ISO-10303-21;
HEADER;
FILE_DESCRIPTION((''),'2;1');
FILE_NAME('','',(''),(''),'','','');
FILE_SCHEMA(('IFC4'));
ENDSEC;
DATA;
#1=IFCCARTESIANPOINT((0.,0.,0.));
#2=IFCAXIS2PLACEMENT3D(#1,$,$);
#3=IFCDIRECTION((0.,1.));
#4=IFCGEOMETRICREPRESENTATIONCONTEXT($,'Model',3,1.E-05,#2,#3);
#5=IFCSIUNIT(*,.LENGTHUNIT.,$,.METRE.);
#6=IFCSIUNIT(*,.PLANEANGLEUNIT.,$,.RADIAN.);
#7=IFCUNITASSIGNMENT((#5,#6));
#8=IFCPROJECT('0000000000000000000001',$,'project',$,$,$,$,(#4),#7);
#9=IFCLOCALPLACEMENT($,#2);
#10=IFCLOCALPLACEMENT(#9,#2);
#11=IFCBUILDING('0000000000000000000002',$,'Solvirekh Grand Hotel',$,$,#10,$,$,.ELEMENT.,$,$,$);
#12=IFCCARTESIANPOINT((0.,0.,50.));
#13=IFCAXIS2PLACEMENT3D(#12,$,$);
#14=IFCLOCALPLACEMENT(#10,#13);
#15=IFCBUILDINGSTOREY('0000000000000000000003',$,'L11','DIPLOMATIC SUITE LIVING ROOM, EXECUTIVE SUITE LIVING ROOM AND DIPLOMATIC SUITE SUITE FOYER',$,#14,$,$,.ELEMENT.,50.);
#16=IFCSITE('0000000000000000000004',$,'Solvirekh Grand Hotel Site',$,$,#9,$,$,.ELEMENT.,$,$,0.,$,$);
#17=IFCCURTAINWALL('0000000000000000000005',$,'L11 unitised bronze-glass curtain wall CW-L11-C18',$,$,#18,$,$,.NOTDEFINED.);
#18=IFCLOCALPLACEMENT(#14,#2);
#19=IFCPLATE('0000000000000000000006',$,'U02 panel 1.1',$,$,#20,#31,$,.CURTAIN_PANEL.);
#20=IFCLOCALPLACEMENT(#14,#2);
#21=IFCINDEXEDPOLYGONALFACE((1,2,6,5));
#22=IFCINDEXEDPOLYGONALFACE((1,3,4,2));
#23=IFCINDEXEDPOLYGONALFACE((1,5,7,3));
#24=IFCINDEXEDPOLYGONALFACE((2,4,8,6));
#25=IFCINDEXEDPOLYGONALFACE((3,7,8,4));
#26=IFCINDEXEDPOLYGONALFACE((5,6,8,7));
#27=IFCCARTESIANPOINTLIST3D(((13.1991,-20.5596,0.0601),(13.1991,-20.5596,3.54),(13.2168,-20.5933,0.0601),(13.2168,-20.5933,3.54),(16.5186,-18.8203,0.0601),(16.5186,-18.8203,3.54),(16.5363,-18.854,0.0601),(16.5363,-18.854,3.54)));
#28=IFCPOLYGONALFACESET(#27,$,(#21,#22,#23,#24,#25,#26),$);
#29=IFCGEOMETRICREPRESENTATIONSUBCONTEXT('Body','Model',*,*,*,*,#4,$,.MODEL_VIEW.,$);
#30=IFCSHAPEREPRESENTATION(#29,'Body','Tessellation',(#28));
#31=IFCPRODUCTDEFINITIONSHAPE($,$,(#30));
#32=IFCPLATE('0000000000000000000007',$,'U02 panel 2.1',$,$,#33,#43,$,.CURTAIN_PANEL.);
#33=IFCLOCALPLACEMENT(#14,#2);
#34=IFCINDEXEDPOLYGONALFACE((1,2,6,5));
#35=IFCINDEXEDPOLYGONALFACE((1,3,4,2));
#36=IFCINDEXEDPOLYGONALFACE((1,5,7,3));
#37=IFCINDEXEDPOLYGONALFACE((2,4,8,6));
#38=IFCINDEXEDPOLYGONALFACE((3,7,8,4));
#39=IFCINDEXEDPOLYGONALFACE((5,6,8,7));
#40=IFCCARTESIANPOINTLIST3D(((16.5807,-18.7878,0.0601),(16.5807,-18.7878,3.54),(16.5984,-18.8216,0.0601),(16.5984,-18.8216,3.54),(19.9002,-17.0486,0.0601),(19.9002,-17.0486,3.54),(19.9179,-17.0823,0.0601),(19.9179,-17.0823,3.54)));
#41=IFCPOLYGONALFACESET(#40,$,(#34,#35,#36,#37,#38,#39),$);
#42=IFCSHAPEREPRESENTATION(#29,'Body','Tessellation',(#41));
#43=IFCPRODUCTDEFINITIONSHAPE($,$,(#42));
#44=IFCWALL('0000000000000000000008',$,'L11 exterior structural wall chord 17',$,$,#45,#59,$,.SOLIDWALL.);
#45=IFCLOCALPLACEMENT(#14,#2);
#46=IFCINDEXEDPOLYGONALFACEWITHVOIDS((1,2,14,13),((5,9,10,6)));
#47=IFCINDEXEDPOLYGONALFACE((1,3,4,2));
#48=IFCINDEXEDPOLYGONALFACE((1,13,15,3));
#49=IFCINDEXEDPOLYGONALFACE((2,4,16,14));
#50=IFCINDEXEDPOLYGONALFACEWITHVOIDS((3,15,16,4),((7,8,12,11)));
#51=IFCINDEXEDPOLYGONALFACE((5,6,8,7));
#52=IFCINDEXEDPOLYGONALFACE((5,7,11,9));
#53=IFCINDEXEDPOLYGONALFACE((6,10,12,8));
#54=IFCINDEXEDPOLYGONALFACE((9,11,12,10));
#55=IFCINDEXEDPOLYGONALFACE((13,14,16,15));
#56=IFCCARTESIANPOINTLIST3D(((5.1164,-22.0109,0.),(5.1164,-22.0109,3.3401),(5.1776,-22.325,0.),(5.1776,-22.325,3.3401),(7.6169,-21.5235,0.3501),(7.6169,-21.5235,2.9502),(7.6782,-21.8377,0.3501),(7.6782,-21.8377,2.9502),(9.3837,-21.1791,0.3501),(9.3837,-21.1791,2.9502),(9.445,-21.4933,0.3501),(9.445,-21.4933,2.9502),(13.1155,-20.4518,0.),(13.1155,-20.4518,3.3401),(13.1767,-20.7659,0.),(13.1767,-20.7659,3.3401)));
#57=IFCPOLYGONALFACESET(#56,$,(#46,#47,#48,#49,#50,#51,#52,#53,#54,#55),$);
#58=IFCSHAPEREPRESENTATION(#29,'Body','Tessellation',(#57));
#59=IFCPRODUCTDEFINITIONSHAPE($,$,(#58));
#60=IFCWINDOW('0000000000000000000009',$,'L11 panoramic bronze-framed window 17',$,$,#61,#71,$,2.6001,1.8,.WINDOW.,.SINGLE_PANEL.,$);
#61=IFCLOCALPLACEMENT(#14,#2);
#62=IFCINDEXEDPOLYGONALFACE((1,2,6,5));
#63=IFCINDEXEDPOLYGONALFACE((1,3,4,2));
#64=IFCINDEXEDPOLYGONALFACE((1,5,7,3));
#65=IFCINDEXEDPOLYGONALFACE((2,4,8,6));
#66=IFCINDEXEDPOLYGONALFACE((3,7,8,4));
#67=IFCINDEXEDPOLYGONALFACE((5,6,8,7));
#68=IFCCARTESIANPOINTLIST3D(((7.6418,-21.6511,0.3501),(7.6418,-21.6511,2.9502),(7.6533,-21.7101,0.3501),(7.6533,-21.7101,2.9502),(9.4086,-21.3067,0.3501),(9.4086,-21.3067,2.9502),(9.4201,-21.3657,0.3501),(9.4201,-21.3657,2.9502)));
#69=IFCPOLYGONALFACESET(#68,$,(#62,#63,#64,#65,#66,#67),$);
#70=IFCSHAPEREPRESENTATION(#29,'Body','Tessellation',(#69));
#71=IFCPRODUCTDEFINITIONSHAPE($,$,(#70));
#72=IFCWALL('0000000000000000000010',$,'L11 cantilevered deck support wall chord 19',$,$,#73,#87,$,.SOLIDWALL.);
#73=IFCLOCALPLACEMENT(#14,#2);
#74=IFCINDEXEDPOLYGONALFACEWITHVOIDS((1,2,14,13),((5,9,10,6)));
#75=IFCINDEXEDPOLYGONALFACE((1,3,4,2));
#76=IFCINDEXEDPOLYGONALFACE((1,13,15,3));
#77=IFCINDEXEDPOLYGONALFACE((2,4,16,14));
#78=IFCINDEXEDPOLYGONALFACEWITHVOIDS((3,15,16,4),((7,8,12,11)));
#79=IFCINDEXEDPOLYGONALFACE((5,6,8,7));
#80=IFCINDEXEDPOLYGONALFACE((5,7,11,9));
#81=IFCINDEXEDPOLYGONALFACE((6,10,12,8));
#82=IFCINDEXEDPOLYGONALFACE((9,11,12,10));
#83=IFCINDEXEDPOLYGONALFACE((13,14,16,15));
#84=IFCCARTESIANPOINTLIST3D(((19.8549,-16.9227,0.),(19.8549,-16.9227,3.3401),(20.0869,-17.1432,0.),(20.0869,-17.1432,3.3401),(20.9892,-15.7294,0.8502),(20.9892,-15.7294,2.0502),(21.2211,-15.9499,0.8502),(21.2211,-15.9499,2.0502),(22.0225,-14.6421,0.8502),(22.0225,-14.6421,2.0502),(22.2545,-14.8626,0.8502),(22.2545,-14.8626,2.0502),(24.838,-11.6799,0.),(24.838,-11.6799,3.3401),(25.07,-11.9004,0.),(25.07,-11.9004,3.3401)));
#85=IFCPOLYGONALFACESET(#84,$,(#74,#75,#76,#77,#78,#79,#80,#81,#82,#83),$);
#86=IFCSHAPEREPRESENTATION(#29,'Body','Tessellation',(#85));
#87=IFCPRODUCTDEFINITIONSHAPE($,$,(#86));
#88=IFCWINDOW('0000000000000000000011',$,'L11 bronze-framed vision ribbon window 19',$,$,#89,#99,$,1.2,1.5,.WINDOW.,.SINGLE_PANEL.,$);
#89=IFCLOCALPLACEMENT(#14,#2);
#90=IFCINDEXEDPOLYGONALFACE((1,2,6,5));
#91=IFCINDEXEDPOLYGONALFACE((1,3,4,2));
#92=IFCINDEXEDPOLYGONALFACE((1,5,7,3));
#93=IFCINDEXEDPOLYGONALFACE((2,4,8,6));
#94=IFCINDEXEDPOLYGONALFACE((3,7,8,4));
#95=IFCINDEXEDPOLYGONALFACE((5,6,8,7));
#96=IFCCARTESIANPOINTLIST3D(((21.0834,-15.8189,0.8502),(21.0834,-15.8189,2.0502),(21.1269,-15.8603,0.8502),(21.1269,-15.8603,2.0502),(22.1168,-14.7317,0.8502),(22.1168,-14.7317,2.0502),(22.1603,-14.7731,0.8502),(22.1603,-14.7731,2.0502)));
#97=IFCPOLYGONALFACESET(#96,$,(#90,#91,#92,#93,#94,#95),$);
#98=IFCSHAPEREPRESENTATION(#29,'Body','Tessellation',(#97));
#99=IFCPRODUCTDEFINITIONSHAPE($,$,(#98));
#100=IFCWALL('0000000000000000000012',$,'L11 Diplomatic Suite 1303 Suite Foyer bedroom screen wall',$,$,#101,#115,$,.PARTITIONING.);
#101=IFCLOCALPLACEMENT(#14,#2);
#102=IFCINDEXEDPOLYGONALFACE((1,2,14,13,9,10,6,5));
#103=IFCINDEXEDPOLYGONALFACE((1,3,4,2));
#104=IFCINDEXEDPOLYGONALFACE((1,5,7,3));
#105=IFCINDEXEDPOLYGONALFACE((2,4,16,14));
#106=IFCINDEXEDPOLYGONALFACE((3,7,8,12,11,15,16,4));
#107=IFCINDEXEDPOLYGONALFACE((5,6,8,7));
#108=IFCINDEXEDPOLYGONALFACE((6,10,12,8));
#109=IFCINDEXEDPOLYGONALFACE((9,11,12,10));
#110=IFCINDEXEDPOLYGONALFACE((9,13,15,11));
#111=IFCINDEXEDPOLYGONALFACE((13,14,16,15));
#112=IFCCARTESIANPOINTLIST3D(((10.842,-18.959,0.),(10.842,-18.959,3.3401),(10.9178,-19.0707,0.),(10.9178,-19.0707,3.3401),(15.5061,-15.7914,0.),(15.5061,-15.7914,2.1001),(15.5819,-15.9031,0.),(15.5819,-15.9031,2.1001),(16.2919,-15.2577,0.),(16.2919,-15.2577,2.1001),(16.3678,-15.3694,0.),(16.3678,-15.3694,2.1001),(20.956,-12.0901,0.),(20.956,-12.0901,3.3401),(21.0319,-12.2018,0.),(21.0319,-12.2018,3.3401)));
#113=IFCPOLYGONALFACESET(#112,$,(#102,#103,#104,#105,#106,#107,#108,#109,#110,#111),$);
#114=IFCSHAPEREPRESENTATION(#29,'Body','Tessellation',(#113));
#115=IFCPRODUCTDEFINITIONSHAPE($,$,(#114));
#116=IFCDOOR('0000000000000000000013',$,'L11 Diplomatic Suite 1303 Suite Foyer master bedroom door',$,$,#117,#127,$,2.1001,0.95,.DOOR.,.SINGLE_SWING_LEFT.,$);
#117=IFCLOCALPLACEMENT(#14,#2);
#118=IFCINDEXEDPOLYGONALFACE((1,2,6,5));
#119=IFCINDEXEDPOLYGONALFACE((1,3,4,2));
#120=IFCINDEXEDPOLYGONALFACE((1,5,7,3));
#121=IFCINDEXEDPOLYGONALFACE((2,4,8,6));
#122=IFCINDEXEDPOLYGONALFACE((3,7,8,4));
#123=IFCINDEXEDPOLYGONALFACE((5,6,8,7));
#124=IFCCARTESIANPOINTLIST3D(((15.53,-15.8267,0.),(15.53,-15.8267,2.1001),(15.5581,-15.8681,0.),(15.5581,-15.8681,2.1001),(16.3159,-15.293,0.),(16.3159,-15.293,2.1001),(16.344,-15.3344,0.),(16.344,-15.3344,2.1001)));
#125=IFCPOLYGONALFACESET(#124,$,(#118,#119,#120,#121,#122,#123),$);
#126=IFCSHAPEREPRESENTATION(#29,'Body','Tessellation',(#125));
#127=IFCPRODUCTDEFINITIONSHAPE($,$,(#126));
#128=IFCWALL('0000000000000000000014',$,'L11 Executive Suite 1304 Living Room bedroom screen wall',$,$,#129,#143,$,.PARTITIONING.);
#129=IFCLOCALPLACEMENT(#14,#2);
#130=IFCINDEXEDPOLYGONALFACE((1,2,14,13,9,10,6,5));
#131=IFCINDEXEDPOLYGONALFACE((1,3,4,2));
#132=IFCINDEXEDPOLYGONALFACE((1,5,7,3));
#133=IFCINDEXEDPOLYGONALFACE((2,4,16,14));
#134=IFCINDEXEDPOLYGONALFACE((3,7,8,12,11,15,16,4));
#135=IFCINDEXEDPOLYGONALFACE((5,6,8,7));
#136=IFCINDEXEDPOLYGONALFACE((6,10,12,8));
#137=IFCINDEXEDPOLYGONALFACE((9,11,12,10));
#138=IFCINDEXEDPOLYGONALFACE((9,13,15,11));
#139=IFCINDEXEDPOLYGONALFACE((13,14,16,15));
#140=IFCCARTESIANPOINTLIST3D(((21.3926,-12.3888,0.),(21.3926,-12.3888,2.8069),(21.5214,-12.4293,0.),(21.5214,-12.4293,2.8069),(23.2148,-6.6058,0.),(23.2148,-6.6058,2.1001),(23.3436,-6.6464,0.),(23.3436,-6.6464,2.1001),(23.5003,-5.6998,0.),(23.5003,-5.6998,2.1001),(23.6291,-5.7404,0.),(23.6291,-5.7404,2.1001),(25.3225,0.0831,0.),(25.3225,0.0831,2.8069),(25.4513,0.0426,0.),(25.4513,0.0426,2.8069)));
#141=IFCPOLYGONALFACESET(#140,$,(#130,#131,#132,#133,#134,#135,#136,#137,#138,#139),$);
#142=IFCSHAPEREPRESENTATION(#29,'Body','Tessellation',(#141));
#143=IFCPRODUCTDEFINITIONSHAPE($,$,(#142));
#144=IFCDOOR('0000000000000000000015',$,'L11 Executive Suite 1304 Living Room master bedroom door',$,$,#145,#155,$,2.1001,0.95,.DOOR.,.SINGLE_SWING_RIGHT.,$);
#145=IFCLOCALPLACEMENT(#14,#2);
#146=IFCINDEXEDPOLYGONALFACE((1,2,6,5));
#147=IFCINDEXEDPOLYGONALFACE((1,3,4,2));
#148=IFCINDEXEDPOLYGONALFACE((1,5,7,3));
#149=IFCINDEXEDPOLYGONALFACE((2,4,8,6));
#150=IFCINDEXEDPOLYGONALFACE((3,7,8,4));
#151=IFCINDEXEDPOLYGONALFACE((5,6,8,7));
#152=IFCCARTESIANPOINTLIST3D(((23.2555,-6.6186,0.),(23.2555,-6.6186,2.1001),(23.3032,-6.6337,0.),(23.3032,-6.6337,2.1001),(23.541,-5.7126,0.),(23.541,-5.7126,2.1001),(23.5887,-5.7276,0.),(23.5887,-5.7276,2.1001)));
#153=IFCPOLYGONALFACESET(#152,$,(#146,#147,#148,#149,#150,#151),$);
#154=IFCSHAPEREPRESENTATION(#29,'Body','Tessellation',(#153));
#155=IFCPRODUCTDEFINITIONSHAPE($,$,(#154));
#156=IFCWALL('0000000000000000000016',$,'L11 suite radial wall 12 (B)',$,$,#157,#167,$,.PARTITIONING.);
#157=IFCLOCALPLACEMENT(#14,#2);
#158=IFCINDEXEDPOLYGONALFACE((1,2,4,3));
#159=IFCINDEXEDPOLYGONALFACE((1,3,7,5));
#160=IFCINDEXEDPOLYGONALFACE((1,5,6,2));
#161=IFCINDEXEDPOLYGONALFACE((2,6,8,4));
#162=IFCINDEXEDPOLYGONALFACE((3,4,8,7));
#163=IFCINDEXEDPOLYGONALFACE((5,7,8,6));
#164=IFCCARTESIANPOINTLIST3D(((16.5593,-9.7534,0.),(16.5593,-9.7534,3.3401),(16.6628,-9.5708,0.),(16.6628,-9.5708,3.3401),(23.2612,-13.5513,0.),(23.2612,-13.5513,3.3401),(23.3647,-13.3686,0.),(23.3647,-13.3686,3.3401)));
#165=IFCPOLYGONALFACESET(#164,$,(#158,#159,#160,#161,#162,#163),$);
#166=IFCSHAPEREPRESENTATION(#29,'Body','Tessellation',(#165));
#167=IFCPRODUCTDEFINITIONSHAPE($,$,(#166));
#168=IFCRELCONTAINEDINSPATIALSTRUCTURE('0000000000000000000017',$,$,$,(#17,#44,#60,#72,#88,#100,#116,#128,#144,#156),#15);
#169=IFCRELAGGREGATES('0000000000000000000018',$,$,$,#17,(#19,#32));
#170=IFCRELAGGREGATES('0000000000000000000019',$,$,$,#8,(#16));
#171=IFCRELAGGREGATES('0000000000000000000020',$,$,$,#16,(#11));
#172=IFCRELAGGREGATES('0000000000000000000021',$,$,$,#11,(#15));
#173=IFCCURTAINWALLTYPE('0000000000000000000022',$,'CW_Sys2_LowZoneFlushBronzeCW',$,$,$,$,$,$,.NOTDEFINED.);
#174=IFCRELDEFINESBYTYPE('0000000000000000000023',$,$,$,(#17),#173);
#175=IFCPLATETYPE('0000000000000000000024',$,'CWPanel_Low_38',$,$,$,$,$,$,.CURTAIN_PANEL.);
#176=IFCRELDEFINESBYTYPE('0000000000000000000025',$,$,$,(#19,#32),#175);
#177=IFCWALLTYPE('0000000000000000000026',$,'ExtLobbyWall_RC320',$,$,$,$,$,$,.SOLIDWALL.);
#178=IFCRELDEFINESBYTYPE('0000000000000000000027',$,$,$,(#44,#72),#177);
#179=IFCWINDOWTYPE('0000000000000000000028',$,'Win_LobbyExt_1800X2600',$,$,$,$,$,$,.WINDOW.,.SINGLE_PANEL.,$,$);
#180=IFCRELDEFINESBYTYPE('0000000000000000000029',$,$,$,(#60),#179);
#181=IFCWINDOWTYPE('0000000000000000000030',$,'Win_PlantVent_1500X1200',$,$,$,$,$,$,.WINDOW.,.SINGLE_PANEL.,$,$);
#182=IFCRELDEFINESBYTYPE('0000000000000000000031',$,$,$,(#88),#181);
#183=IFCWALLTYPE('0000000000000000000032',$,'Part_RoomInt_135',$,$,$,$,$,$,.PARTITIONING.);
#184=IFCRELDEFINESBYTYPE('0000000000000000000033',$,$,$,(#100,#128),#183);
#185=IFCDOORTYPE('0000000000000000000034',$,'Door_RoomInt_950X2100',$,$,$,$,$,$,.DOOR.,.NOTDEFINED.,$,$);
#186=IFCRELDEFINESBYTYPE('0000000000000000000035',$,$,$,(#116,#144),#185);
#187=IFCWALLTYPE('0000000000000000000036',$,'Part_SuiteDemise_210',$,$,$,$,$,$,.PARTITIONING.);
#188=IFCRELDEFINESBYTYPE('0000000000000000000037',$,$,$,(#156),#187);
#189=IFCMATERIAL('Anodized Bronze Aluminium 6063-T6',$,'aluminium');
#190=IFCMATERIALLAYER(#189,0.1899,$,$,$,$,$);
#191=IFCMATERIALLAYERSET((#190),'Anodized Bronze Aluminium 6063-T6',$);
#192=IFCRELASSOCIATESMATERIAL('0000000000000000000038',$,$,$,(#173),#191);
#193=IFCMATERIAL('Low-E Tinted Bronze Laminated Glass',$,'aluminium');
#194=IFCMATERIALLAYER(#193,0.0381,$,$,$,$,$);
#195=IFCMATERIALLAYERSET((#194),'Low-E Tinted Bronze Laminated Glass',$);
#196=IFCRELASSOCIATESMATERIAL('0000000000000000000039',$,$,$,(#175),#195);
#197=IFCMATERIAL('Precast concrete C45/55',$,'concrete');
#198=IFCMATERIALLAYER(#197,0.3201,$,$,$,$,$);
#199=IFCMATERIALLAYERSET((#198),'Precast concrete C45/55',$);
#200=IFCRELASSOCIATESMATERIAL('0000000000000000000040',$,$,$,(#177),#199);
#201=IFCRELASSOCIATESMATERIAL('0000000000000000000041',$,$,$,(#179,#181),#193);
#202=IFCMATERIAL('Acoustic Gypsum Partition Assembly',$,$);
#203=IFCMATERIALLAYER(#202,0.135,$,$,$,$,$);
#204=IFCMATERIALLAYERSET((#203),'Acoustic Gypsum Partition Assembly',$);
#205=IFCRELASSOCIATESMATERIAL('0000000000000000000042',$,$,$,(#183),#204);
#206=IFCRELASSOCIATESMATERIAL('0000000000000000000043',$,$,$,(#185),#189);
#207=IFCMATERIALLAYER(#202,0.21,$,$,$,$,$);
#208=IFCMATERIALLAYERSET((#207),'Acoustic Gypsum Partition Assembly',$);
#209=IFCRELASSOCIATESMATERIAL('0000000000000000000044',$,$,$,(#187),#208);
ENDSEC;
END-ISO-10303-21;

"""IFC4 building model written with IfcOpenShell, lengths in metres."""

from ifc_helpers import new_model, si_unit, direction, frame, frame_2d, origin, origin_2d, place, context, subcontext, project, spatial, rectangle, extrude, source, transform, mapped, material, layer, layer_set, type_object, element, fill, aggregate, save


model = new_model("IFC4")

# Units and contexts
model_context = context("Model", 3, precision=1e-05, world=origin(), true_north=direction((0.0, 1.0)))
body_context = subcontext(model_context, "Body", "Model", "MODEL_VIEW")
ifc_project = project(units=[si_unit("LENGTHUNIT", "METRE"), si_unit("PLANEANGLEUNIT", "RADIAN")], contexts=[model_context])

# Site, building, storey
site_placement = place(None, origin())
site = spatial("IfcSite", under=ifc_project, at=site_placement, Name="Solvirekh Grand Hotel Site", CompositionType="ELEMENT", RefElevation=0.0)
building_placement = place(site_placement, origin())
building = spatial("IfcBuilding", under=site, at=building_placement, Name="Solvirekh Grand Hotel", CompositionType="ELEMENT")
storey_placement = place(building_placement, frame((0.0, 0.0, 50.0)))
storey = spatial("IfcBuildingStorey", under=building, at=storey_placement, Name="L11", Description="DIPLOMATIC SUITE LIVING ROOM, EXECUTIVE SUITE LIVING ROOM AND DIPLOMATIC SUITE SUITE FOYER", CompositionType="ELEMENT", Elevation=50.0)

# Curtain wall, plates
ifc_material_1 = material(Name="Anodized Bronze Aluminium 6063-T6", Category="aluminium")
ifc_layer_1 = layer(ifc_material_1, 0.1899)
ifc_layer_set_1 = layer_set([ifc_layer_1], Name="Anodized Bronze Aluminium 6063-T6")
curtain_wall_type = type_object("IfcCurtainWallType", Name="CW_Sys2_LowZoneFlushBronzeCW", PredefinedType="NOTDEFINED", material=ifc_layer_set_1)
curtain_wall_placement = place(storey_placement, origin())
curtain_wall = element("IfcCurtainWall", 1, at=curtain_wall_placement, inside=storey, type_object=curtain_wall_type, Name="L11 unitised bronze-glass curtain wall CW-L11-C18", PredefinedType="NOTDEFINED")
ifc_material_2 = material(Name="Low-E Tinted Bronze Laminated Glass", Category="aluminium")
ifc_layer_2 = layer(ifc_material_2, 0.0381)
ifc_layer_set_2 = layer_set([ifc_layer_2], Name="Low-E Tinted Bronze Laminated Glass")
plate_type = type_object("IfcPlateType", Name="CWPanel_Low_38", PredefinedType="CURTAIN_PANEL", material=ifc_layer_set_2)
shared_shape_1 = source(origin(), body_context, "Body", "SweptSolid", [
    extrude(rectangle(XDim=3.7476, YDim=0.0381, at=origin_2d()), origin(), (0.0, 0.0, 1.0), 3.48),
])
plate_1_placement = place(storey_placement, frame((14.8677, -19.7068, 0.0601), z_axis=(0.0, 0.0, 1.0), x_axis=(0.885778, 0.464109, 0.0)))
plate_1 = element("IfcPlate", 2, at=plate_1_placement, type_object=plate_type, Name="U02 panel 1.1", PredefinedType="CURTAIN_PANEL", context=body_context, shape_type="MappedRepresentation", body=[
    mapped(shared_shape_1, transform((0.0, 0.0, 0.0), x_axis=(1.0, 0.0, 0.0), y_axis=(0.0, 1.0, 0.0), z_axis=(0.0, 0.0, 1.0), scale=1.0)),
])
plate_2_placement = place(storey_placement, frame((18.2493, -17.9351, 0.0601), z_axis=(0.0, 0.0, 1.0), x_axis=(0.885778, 0.464109, 0.0)))
plate_2 = element("IfcPlate", 3, at=plate_2_placement, type_object=plate_type, Name="U02 panel 2.1", PredefinedType="CURTAIN_PANEL", context=body_context, shape_type="MappedRepresentation", body=[
    mapped(shared_shape_1, transform((0.0, 0.0, 0.0), x_axis=(1.0, 0.0, 0.0), y_axis=(0.0, 1.0, 0.0), z_axis=(0.0, 0.0, 1.0), scale=1.0)),
])
aggregate(curtain_wall, [plate_1, plate_2])

# Walls, openings, windows
ifc_material_3 = material(Name="Precast concrete C45/55", Category="concrete")
ifc_layer_3 = layer(ifc_material_3, 0.3201)
ifc_layer_set_3 = layer_set([ifc_layer_3], Name="Precast concrete C45/55")
wall_type_1 = type_object("IfcWallType", Name="ExtLobbyWall_RC320", PredefinedType="SOLIDWALL", material=ifc_layer_set_3)
wall_1_placement = place(storey_placement, frame((13.146, -20.6089, 0.0), z_axis=(0.0, 0.0, 1.0), x_axis=(-0.98153, -0.191309, 0.0)))
wall_1 = element("IfcWall", 4, at=wall_1_placement, inside=storey, type_object=wall_type_1, Name="L11 exterior structural wall chord 17", PredefinedType="SOLIDWALL", context=body_context, shape_type="SweptSolid", body=[
    extrude(rectangle(XDim=8.1497, YDim=0.3201, at=frame_2d((4.0747, 0.0))), origin(), (0.0, 0.0, 1.0), 3.3401),
])
opening_1_placement = place(wall_1_placement, frame((3.802, 0.0, 0.3501)))
opening_1 = element("IfcOpeningElement", 5, at=opening_1_placement, cuts=wall_1, PredefinedType="OPENING", context=body_context, shape_type="SweptSolid", body=[
    extrude(rectangle(XDim=1.8, YDim=2.6001, at=frame_2d((0.8999, 1.3))), frame((0.0, 0.1699, 0.0), z_axis=(0.0, -1.0, 0.0), x_axis=(1.0, 0.0, 0.0)), (0.0, 0.0, 1.0), 0.3401),
])
window_type_1 = type_object("IfcWindowType", Name="Win_LobbyExt_1800X2600", PartitioningType="SINGLE_PANEL", PredefinedType="WINDOW", material=ifc_material_2)
window_1_placement = place(opening_1_placement, origin())
window_1 = element("IfcWindow", 6, at=window_1_placement, inside=storey, type_object=window_type_1, Name="L11 panoramic bronze-framed window 17", OverallHeight=2.6001, OverallWidth=1.8, PartitioningType="SINGLE_PANEL", PredefinedType="WINDOW", context=body_context, shape_type="SweptSolid", body=[
    extrude(rectangle(XDim=1.8, YDim=2.6001, at=frame_2d((0.8999, 1.3))), frame((0.0, 0.03, 0.0), z_axis=(0.0, -1.0, 0.0), x_axis=(1.0, 0.0, 0.0)), (0.0, 0.0, 1.0), 0.0601),
])
fill(opening_1, window_1)
wall_2_placement = place(storey_placement, frame((24.9541, -11.79, 0.0), z_axis=(0.0, 0.0, 1.0), x_axis=(-0.688922, -0.724835, 0.0)))
wall_2 = element("IfcWall", 7, at=wall_2_placement, inside=storey, type_object=wall_type_1, Name="L11 cantilevered deck support wall chord 19", PredefinedType="SOLIDWALL", context=body_context, shape_type="SweptSolid", body=[
    extrude(rectangle(XDim=7.2332, YDim=0.3201, at=frame_2d((3.6167, 0.0))), origin(), (0.0, 0.0, 1.0), 3.3401),
])
opening_2_placement = place(wall_2_placement, frame((4.0869, 0.0, 0.8501)))
opening_2 = element("IfcOpeningElement", 8, at=opening_2_placement, cuts=wall_2, PredefinedType="OPENING", context=body_context, shape_type="SweptSolid", body=[
    extrude(rectangle(XDim=1.5, YDim=1.2, at=frame_2d((0.75, 0.6001))), frame((0.0, 0.1699, 0.0), z_axis=(0.0, -1.0, 0.0), x_axis=(1.0, 0.0, 0.0)), (0.0, 0.0, 1.0), 0.3401),
])
window_type_2 = type_object("IfcWindowType", Name="Win_PlantVent_1500X1200", PartitioningType="SINGLE_PANEL", PredefinedType="WINDOW", material=ifc_material_2)
window_2_placement = place(opening_2_placement, origin())
window_2 = element("IfcWindow", 9, at=window_2_placement, inside=storey, type_object=window_type_2, Name="L11 bronze-framed vision ribbon window 19", OverallHeight=1.2, OverallWidth=1.5, PartitioningType="SINGLE_PANEL", PredefinedType="WINDOW", context=body_context, shape_type="SweptSolid", body=[
    extrude(rectangle(XDim=1.5, YDim=1.2, at=frame_2d((0.75, 0.6001))), frame((0.0, 0.03, 0.0), z_axis=(0.0, -1.0, 0.0), x_axis=(1.0, 0.0, 0.0)), (0.0, 0.0, 1.0), 0.0601),
])
fill(opening_2, window_2)

# Walls, openings, doors
ifc_material_4 = material(Name="Acoustic Gypsum Partition Assembly")
ifc_layer_4 = layer(ifc_material_4, 0.135)
ifc_layer_set_4 = layer_set([ifc_layer_4], Name="Acoustic Gypsum Partition Assembly")
wall_type_2 = type_object("IfcWallType", Name="Part_RoomInt_135", PredefinedType="PARTITIONING", material=ifc_layer_set_4)
wall_3_placement = place(storey_placement, frame((10.8799, -19.0149, 0.0), z_axis=(0.0, 0.0, 1.0), x_axis=(0.827255, 0.561827, 0.0)))
wall_3 = element("IfcWall", 10, at=wall_3_placement, inside=storey, type_object=wall_type_2, Name="L11 Diplomatic Suite 1303 Suite Foyer bedroom screen wall", PredefinedType="PARTITIONING", context=body_context, shape_type="SweptSolid", body=[
    extrude(rectangle(XDim=12.2261, YDim=0.135, at=frame_2d((6.113, 0.0))), origin(), (0.0, 0.0, 1.0), 3.3401),
])
opening_3_placement = place(wall_3_placement, frame((5.6379, 0.0, 0.0)))
opening_3 = element("IfcOpeningElement", 11, at=opening_3_placement, cuts=wall_3, PredefinedType="OPENING", context=body_context, shape_type="SweptSolid", body=[
    extrude(rectangle(XDim=0.95, YDim=2.1001, at=frame_2d((0.4751, 1.05))), frame((0.0, 0.0776, 0.0), z_axis=(0.0, -1.0, 0.0), x_axis=(1.0, 0.0, 0.0)), (0.0, 0.0, 1.0), 0.155),
])
door_type = type_object("IfcDoorType", Name="Door_RoomInt_950X2100", OperationType="NOTDEFINED", PredefinedType="DOOR", material=ifc_material_1)
door_1_placement = place(opening_3_placement, origin())
door_1 = element("IfcDoor", 12, at=door_1_placement, inside=storey, type_object=door_type, Name="L11 Diplomatic Suite 1303 Suite Foyer master bedroom door", OperationType="SINGLE_SWING_LEFT", OverallHeight=2.1001, OverallWidth=0.95, PredefinedType="DOOR", context=body_context, shape_type="SweptSolid", body=[
    extrude(rectangle(XDim=0.95, YDim=2.1001, at=frame_2d((0.4751, 1.05))), frame((0.0, 0.0249, 0.0), z_axis=(0.0, -1.0, 0.0), x_axis=(1.0, 0.0, 0.0)), (0.0, 0.0, 1.0), 0.05),
])
fill(opening_3, door_1)
wall_4_placement = place(storey_placement, frame((21.457, -12.4089, 0.0), z_axis=(0.0, 0.0, 1.0), x_axis=(0.300535, 0.953771, 0.0)))
wall_4 = element("IfcWall", 13, at=wall_4_placement, inside=storey, type_object=wall_type_2, Name="L11 Executive Suite 1304 Living Room bedroom screen wall", PredefinedType="PARTITIONING", context=body_context, shape_type="SweptSolid", body=[
    extrude(rectangle(XDim=13.0764, YDim=0.135, at=frame_2d((6.5381, 0.0))), origin(), (0.0, 0.0, 1.0), 2.8069),
])
opening_4_placement = place(wall_4_placement, frame((6.063, 0.0, 0.0)))
opening_4 = element("IfcOpeningElement", 14, at=opening_4_placement, cuts=wall_4, PredefinedType="OPENING", context=body_context, shape_type="SweptSolid", body=[
    extrude(rectangle(XDim=0.95, YDim=2.1001, at=frame_2d((0.4751, 1.05))), frame((0.0, 0.0776, 0.0), z_axis=(0.0, -1.0, 0.0), x_axis=(1.0, 0.0, 0.0)), (0.0, 0.0, 1.0), 0.155),
])
door_2_placement = place(opening_4_placement, origin())
door_2 = element("IfcDoor", 15, at=door_2_placement, inside=storey, type_object=door_type, Name="L11 Executive Suite 1304 Living Room master bedroom door", OperationType="SINGLE_SWING_RIGHT", OverallHeight=2.1001, OverallWidth=0.95, PredefinedType="DOOR", context=body_context, shape_type="SweptSolid", body=[
    extrude(rectangle(XDim=0.95, YDim=2.1001, at=frame_2d((0.4751, 1.05))), frame((0.0, 0.0249, 0.0), z_axis=(0.0, -1.0, 0.0), x_axis=(1.0, 0.0, 0.0)), (0.0, 0.0, 1.0), 0.05),
])
fill(opening_4, door_2)

# Wall
ifc_layer_5 = layer(ifc_material_4, 0.21)
ifc_layer_set_5 = layer_set([ifc_layer_5], Name="Acoustic Gypsum Partition Assembly")
wall_type_3 = type_object("IfcWallType", Name="Part_SuiteDemise_210", PredefinedType="PARTITIONING", material=ifc_layer_set_5)
wall_5_placement = place(storey_placement, frame((16.6111, -9.6621, 0.0), z_axis=(0.0, 0.0, 1.0), x_axis=(0.870016, -0.493023, 0.0)))
element("IfcWall", 16, at=wall_5_placement, inside=storey, type_object=wall_type_3, Name="L11 suite radial wall 12 (B)", PredefinedType="PARTITIONING", context=body_context, shape_type="SweptSolid", body=[
    extrude(rectangle(XDim=7.7031, YDim=0.21, at=frame_2d((3.8516, 0.0))), origin(), (0.0, 0.0, 1.0), 3.3401),
])

save(model, "model.ifc")
